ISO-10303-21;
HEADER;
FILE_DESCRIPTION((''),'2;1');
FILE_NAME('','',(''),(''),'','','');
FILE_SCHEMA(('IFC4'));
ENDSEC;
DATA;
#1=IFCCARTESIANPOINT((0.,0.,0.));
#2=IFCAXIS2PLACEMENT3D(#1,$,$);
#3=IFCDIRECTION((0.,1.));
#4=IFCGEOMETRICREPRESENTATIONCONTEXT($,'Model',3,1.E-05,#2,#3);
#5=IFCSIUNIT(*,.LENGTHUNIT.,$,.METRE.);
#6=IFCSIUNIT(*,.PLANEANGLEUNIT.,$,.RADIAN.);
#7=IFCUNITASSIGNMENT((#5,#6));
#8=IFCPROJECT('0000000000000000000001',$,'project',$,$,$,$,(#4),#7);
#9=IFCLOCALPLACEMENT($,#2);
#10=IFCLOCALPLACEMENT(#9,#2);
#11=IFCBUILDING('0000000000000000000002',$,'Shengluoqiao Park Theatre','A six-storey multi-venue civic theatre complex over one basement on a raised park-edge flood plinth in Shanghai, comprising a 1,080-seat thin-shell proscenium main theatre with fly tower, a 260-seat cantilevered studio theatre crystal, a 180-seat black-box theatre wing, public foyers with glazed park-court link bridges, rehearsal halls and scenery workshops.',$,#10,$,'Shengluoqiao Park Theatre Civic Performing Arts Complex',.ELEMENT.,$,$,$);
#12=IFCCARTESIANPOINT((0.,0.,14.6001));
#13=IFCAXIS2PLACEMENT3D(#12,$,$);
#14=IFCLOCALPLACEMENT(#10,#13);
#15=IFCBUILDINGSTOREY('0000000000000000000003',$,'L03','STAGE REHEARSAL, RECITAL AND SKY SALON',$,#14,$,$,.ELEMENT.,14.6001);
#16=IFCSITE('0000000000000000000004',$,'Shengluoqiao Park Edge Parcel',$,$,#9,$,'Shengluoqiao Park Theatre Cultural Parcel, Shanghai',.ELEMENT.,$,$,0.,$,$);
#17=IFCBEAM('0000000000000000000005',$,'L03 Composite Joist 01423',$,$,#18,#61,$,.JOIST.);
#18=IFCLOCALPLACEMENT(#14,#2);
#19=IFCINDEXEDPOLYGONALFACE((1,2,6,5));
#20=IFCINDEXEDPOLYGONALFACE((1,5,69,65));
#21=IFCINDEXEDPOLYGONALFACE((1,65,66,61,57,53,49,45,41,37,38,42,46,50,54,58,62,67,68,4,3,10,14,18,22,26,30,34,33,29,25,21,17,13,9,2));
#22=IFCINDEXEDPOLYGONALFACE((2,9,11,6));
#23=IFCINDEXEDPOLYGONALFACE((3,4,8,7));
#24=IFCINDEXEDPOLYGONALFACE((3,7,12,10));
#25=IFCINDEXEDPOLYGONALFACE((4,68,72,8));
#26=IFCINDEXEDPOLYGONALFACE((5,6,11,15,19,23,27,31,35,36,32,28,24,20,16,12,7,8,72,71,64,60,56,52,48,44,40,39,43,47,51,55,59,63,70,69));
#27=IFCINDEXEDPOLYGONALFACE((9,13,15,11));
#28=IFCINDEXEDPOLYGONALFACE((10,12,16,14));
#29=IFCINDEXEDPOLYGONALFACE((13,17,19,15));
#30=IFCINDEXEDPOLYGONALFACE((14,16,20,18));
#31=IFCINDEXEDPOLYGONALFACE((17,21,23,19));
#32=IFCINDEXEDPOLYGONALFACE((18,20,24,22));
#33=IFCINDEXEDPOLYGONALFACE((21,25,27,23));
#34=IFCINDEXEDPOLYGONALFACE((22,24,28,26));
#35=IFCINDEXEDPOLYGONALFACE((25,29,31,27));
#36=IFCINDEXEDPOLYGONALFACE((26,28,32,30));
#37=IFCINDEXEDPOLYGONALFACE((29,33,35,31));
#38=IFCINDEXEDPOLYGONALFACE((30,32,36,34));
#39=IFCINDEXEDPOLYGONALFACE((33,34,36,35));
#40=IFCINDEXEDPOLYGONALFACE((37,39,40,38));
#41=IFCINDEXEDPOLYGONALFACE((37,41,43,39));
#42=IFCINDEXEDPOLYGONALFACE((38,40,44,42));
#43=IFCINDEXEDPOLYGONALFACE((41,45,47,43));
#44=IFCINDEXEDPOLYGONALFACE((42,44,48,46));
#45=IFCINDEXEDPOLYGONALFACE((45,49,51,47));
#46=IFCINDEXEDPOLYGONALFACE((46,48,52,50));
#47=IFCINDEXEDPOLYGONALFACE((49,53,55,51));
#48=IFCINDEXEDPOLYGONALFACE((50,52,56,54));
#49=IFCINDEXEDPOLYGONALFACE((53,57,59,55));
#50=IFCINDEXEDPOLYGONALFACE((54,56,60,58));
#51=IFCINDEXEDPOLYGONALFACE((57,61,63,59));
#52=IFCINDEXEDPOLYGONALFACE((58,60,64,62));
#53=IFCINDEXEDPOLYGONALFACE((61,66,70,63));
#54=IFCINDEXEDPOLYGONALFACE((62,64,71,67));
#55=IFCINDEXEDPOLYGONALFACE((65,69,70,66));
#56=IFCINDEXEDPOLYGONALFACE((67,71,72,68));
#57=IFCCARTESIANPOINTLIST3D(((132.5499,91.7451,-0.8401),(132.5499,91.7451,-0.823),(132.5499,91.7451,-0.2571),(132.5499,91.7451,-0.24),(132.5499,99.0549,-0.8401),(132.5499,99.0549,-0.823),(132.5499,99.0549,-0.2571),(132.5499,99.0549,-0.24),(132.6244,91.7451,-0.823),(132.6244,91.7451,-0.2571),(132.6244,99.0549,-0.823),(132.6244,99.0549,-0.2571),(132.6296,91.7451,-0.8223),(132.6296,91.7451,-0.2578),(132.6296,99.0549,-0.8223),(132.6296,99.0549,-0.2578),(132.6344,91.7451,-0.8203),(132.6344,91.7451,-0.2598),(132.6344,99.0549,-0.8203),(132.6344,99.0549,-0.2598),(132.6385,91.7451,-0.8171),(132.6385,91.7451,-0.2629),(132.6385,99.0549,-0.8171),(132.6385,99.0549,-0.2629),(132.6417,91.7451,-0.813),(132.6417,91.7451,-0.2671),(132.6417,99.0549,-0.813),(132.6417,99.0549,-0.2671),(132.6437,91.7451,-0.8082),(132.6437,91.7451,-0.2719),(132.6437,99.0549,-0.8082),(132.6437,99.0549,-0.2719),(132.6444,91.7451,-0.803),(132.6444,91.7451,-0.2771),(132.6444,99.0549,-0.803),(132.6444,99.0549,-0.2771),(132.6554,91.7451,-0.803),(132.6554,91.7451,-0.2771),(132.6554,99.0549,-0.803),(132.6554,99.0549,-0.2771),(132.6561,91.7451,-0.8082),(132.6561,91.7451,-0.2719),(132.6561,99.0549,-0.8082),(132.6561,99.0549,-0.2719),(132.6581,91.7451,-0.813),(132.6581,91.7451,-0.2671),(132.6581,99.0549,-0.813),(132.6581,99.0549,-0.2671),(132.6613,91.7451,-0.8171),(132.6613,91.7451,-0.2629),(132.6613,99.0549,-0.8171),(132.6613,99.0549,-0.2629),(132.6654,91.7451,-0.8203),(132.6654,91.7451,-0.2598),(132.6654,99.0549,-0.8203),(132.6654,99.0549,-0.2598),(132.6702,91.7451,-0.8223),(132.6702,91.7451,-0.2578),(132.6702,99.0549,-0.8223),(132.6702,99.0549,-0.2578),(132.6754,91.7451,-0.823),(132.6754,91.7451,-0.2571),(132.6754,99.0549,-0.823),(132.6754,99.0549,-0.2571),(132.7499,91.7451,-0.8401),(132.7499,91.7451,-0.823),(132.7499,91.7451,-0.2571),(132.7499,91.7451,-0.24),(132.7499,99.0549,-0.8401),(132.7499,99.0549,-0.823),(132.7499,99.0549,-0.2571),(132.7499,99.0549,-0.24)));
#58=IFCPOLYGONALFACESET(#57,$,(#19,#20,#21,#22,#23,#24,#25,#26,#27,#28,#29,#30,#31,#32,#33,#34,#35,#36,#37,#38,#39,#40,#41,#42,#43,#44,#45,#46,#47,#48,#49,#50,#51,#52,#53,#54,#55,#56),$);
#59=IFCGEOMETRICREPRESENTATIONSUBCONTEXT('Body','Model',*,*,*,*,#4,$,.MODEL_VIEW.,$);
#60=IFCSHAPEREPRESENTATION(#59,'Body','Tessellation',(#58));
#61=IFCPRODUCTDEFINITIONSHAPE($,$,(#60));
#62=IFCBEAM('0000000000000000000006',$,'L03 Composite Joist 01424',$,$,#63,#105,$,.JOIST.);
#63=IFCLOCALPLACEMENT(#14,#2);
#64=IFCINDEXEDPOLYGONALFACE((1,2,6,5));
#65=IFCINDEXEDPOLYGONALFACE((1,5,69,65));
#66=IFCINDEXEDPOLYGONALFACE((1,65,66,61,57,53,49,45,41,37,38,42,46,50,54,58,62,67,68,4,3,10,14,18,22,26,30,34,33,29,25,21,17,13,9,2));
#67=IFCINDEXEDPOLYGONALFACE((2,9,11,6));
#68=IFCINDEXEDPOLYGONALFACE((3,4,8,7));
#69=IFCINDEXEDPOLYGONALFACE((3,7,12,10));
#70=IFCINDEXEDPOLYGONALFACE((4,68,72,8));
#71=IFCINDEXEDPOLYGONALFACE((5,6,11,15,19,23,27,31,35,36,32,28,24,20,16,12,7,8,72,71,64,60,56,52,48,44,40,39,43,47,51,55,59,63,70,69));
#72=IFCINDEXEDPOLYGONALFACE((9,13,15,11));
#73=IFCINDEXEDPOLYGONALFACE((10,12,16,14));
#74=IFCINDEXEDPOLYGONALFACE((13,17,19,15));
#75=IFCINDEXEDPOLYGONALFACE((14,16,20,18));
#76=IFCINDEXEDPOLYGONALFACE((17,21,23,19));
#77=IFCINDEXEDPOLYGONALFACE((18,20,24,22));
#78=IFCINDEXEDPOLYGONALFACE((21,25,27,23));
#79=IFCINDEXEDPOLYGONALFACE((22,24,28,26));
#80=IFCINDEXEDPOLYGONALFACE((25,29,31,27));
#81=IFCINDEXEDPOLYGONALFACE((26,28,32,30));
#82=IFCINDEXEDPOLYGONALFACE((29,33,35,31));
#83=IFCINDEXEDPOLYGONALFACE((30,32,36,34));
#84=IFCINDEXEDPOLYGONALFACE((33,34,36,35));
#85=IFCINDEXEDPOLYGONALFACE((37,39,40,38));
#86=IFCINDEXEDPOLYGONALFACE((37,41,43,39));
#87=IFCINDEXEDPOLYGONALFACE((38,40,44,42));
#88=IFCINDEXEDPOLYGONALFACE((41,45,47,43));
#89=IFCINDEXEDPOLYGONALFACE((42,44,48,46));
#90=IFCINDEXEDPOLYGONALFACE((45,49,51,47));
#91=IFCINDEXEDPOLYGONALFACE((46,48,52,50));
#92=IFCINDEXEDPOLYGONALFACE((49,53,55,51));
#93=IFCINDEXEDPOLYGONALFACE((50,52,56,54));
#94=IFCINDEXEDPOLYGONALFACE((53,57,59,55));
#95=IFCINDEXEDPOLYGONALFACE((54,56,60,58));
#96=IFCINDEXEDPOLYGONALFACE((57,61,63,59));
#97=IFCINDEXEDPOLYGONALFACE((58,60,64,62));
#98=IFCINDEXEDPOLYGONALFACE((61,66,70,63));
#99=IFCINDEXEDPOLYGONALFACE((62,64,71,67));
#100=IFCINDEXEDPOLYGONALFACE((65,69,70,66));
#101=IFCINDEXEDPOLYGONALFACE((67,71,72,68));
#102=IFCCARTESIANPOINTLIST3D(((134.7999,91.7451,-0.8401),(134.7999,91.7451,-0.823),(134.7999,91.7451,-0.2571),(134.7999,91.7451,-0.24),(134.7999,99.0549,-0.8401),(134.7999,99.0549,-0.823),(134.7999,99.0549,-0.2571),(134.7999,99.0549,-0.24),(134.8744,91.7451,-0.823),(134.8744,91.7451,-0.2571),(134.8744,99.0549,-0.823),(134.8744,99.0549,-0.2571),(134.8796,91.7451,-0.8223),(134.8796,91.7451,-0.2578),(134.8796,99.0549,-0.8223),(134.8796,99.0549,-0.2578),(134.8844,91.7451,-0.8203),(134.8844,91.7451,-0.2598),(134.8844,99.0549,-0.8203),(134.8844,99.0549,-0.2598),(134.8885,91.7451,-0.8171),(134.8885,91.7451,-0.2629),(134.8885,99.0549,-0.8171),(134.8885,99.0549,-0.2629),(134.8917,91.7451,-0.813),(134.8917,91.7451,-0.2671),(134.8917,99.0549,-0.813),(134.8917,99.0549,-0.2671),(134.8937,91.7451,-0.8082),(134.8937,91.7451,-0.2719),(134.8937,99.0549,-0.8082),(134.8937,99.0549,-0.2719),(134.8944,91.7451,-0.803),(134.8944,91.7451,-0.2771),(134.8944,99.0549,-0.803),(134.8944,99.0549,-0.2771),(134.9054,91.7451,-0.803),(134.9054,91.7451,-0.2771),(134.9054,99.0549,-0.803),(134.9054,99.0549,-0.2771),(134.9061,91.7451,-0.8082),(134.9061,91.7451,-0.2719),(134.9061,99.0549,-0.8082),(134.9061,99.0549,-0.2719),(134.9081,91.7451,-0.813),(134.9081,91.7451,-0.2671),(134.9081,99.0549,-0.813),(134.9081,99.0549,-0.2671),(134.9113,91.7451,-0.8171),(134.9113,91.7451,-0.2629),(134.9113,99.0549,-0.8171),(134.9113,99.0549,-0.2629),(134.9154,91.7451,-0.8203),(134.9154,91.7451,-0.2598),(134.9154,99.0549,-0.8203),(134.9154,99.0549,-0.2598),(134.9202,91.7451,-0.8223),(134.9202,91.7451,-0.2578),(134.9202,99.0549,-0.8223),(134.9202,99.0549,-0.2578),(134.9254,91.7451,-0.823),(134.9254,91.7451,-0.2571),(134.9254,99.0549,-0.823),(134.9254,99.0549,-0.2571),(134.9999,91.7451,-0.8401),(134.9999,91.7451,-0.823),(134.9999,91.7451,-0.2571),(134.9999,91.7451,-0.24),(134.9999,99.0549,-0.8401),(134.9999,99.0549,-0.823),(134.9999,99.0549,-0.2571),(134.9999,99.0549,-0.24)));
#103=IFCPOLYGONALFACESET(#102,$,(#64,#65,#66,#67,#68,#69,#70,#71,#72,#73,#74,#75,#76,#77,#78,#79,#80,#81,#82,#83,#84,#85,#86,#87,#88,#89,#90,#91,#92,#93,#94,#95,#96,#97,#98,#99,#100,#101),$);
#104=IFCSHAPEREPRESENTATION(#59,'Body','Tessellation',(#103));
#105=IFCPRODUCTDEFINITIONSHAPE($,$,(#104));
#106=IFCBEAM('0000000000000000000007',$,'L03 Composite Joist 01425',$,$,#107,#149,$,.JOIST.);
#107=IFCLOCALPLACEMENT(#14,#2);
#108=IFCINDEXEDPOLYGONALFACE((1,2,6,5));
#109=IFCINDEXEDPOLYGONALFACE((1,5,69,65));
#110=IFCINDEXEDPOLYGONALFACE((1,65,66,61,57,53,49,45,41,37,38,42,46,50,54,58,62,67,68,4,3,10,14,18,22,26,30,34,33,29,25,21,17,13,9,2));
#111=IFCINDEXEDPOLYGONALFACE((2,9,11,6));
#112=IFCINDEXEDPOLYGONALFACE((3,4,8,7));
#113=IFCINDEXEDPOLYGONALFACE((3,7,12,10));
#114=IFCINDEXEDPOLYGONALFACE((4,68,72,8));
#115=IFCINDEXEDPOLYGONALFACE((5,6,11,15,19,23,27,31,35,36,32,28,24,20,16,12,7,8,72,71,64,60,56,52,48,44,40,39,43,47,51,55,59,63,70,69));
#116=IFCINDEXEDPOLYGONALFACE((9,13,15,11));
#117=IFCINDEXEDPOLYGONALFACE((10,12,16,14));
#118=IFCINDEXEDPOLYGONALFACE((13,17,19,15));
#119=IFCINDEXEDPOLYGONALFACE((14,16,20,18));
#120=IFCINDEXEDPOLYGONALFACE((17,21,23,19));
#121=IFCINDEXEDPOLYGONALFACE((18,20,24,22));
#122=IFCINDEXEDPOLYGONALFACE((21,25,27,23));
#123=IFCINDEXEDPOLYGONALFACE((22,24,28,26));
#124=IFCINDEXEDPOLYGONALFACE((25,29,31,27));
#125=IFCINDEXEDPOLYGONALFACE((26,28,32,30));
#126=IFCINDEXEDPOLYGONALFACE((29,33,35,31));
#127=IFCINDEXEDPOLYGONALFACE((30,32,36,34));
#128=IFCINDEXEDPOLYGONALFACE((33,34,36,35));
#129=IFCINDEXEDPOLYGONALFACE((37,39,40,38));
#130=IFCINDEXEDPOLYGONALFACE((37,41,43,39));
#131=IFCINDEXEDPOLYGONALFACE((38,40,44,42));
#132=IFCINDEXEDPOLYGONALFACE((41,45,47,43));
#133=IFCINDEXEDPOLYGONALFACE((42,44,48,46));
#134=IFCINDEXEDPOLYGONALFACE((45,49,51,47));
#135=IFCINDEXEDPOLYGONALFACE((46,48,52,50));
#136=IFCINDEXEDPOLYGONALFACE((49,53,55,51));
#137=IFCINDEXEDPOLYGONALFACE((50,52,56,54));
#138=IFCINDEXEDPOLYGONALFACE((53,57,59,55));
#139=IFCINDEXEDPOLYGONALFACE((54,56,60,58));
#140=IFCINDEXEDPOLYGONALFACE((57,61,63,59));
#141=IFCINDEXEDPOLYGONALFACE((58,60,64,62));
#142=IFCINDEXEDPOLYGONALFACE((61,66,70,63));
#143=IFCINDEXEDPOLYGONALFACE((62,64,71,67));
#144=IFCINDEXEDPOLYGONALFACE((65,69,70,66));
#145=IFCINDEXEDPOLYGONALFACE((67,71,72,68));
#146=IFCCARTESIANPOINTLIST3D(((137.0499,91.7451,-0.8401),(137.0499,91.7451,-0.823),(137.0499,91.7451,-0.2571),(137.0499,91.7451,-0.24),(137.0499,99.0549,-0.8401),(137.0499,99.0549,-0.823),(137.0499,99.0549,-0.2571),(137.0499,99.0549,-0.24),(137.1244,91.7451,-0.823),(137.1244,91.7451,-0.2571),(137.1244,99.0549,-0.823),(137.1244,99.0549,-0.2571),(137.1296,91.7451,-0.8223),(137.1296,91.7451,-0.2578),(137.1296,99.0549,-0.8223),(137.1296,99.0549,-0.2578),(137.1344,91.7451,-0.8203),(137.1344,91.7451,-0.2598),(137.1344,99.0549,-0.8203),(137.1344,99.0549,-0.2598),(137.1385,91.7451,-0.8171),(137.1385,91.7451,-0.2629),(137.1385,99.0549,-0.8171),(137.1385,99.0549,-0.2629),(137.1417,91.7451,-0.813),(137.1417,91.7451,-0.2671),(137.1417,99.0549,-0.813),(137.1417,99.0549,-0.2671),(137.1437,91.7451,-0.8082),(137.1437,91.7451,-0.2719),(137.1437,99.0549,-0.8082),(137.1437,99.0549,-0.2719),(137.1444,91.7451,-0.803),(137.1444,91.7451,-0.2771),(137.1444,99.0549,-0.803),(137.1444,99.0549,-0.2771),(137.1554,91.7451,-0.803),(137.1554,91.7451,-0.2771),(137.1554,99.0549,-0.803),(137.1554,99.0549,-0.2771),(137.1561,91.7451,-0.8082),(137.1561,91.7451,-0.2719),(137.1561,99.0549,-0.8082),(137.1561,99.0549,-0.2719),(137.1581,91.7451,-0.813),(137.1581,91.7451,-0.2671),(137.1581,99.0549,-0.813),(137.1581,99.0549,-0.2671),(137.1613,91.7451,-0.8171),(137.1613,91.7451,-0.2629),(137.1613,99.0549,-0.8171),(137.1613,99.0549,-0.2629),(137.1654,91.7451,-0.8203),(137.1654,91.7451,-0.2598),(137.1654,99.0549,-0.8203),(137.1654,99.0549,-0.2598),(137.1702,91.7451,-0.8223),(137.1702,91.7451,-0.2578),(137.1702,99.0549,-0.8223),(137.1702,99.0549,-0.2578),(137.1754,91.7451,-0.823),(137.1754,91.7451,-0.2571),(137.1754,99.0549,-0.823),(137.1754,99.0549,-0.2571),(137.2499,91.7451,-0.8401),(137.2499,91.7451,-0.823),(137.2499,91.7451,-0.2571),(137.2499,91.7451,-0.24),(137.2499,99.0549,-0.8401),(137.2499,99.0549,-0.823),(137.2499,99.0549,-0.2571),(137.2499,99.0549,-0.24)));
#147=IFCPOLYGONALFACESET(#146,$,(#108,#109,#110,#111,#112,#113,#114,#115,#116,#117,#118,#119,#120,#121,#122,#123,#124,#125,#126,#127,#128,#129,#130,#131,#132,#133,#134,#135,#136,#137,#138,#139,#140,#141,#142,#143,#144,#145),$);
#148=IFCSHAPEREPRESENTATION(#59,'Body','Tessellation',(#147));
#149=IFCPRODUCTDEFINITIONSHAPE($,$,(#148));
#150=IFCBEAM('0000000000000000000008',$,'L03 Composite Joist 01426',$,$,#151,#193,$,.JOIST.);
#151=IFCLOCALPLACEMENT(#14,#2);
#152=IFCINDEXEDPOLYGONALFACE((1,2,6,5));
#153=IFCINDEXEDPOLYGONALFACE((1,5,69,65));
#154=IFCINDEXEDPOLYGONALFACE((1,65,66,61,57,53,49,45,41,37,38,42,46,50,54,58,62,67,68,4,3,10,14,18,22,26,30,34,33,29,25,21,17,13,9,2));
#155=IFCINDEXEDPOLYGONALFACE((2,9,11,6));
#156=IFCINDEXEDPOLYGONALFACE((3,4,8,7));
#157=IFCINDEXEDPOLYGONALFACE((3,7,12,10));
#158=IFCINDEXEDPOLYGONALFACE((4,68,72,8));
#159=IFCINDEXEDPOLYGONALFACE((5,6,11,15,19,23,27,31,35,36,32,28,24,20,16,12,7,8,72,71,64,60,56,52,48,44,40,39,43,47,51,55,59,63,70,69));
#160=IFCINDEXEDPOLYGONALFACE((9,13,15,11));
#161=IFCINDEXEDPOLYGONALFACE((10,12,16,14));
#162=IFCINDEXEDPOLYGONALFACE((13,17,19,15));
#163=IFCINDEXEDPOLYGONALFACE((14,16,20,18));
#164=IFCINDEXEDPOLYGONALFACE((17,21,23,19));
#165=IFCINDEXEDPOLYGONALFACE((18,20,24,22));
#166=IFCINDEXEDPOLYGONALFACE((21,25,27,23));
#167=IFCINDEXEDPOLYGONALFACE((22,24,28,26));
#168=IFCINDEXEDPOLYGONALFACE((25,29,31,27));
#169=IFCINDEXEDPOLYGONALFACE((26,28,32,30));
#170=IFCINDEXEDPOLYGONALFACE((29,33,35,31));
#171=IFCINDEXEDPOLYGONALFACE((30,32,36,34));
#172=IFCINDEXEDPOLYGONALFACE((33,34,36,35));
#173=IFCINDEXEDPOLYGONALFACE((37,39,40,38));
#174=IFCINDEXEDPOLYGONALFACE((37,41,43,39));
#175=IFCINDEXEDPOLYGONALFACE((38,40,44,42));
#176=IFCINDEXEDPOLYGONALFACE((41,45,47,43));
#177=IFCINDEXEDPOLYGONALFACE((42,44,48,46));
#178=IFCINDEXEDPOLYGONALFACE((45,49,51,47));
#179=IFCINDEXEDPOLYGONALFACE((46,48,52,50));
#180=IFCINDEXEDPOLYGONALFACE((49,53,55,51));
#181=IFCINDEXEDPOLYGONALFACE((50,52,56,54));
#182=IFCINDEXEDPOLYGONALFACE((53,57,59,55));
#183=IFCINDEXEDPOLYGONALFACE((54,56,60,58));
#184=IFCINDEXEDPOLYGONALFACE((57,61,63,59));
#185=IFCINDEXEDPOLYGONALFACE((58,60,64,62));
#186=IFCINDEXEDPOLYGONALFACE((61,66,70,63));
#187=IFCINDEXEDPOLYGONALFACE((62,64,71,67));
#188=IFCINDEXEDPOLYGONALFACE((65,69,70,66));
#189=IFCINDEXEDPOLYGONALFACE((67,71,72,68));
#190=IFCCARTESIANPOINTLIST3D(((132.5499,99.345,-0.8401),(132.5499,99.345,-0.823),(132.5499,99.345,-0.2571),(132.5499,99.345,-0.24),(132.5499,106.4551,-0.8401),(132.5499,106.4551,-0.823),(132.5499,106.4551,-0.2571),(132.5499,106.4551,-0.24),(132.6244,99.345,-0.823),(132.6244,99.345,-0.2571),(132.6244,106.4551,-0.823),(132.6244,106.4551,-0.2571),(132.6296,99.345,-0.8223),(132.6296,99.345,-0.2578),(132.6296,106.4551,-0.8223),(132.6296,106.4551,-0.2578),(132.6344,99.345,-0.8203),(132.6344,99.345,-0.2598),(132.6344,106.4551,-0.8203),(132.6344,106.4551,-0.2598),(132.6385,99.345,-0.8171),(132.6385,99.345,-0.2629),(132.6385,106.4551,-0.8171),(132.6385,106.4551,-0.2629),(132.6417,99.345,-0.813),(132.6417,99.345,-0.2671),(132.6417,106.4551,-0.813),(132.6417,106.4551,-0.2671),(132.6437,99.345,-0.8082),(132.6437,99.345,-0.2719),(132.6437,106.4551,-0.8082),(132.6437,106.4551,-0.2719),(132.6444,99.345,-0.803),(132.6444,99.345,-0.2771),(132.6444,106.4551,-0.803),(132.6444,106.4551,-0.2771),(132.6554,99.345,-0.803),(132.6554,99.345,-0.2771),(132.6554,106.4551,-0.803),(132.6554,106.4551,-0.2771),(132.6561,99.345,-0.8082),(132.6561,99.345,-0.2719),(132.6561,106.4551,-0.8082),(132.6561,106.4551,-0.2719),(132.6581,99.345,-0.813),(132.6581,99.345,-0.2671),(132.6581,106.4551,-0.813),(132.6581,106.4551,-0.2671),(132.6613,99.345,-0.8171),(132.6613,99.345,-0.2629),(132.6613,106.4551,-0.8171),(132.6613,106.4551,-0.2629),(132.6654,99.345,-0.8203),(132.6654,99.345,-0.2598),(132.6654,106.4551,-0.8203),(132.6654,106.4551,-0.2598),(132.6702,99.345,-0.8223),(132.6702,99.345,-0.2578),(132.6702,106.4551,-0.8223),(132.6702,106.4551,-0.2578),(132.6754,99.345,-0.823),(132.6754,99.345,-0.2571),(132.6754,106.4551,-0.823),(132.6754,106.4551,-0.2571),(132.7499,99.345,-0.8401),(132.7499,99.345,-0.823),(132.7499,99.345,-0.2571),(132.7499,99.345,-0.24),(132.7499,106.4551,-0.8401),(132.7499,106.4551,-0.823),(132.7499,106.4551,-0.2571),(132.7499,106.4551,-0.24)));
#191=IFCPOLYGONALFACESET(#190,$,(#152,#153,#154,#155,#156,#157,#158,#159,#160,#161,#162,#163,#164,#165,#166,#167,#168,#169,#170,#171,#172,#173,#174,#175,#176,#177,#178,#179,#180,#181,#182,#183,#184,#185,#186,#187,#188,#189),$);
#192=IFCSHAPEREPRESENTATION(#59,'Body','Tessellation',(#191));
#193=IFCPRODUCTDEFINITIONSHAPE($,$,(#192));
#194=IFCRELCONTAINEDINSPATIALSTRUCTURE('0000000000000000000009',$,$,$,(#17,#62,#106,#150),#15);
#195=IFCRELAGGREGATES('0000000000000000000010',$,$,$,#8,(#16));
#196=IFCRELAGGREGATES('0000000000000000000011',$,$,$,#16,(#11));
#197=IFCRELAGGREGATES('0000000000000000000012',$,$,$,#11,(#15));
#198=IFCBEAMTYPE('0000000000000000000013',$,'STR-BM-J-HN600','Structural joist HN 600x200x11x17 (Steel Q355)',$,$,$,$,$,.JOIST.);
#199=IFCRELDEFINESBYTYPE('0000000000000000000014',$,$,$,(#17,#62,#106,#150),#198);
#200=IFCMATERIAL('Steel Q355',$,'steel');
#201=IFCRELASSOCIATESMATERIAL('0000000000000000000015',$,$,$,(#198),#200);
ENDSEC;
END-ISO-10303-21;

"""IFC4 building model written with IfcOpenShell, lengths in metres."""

from ifc_helpers import new_model, si_unit, direction, frame, origin, origin_2d, place, context, subcontext, project, spatial, i_section, extrude, material, material_profile, profile_set, type_object, element, save


model = new_model("IFC4")

# Units and contexts
model_context = context("Model", 3, precision=1e-05, world=origin(), true_north=direction((0.0, 1.0)))
body_context = subcontext(model_context, "Body", "Model", "MODEL_VIEW")
ifc_project = project(units=[si_unit("LENGTHUNIT", "METRE"), si_unit("PLANEANGLEUNIT", "RADIAN")], contexts=[model_context])

# Site, building, storey
site_placement = place(None, origin())
site = spatial("IfcSite", under=ifc_project, at=site_placement, Name="Shengluoqiao Park Edge Parcel", LongName="Shengluoqiao Park Theatre Cultural Parcel, Shanghai", CompositionType="ELEMENT", RefElevation=0.0)
building_placement = place(site_placement, origin())
building = spatial("IfcBuilding", under=site, at=building_placement, Name="Shengluoqiao Park Theatre", Description="A six-storey multi-venue civic theatre complex over one basement on a raised park-edge flood plinth in Shanghai, comprising a 1,080-seat thin-shell proscenium main theatre with fly tower, a 260-seat cantilevered studio theatre crystal, a 180-seat black-box theatre wing, public foyers with glazed park-court link bridges, rehearsal halls and scenery workshops.", LongName="Shengluoqiao Park Theatre Civic Performing Arts Complex", CompositionType="ELEMENT")
storey_placement = place(building_placement, frame((0.0, 0.0, 14.6001)))
storey = spatial("IfcBuildingStorey", under=building, at=storey_placement, Name="L03", Description="STAGE REHEARSAL, RECITAL AND SKY SALON", CompositionType="ELEMENT", Elevation=14.6001)

# Beams
ifc_material_1 = material(Name="Steel Q355", Category="steel")
ifc_material_profile_1 = material_profile(ifc_material_1, i_section(OverallWidth=0.2, OverallDepth=0.6001, WebThickness=0.011, FlangeThickness=0.0171, FilletRadius=0.02, at=origin_2d()), Name="HN 600x200x11x17")
ifc_profile_set_1 = profile_set([ifc_material_profile_1], Name="Steel Q355")
beam_type_1 = type_object("IfcBeamType", Name="STR-BM-J-HN600", Description="Structural joist HN 600x200x11x17 (Steel Q355)", PredefinedType="JOIST", material=ifc_profile_set_1)
for number, where, z_axis, x_axis, name in (
    (1, (132.6499, 91.7451, -0.54), (0.0, 1.0, 0.0), (-1.0, 0.0, 0.0), "L03 Composite Joist 01423"),
    (2, (134.8999, 91.7451, -0.54), (0.0, 1.0, 0.0), (-1.0, 0.0, 0.0), "L03 Composite Joist 01424"),
    (3, (137.1499, 91.7451, -0.54), (0.0, 1.0, 0.0), (-1.0, 0.0, 0.0), "L03 Composite Joist 01425"),
):
    element("IfcBeam", number, at=place(storey_placement, frame(where, z_axis=z_axis, x_axis=x_axis)), inside=storey, type_object=beam_type_1, Name=name, PredefinedType="JOIST", context=body_context, shape_type="SweptSolid", body=[
        extrude(i_section(OverallWidth=0.2, OverallDepth=0.6001, WebThickness=0.011, FlangeThickness=0.0171, FilletRadius=0.02, at=origin_2d()), origin(), (0.0, 0.0, 1.0), 7.3098),
    ])
for number, where, z_axis, x_axis, name in (
    (4, (132.6499, 99.345, -0.54), (0.0, 1.0, 0.0), (-1.0, 0.0, 0.0), "L03 Composite Joist 01426"),
):
    element("IfcBeam", number, at=place(storey_placement, frame(where, z_axis=z_axis, x_axis=x_axis)), inside=storey, type_object=beam_type_1, Name=name, PredefinedType="JOIST", context=body_context, shape_type="SweptSolid", body=[
        extrude(i_section(OverallWidth=0.2, OverallDepth=0.6001, WebThickness=0.011, FlangeThickness=0.0171, FilletRadius=0.02, at=origin_2d()), origin(), (0.0, 0.0, 1.0), 7.1101),
    ])

save(model, "model.ifc")
